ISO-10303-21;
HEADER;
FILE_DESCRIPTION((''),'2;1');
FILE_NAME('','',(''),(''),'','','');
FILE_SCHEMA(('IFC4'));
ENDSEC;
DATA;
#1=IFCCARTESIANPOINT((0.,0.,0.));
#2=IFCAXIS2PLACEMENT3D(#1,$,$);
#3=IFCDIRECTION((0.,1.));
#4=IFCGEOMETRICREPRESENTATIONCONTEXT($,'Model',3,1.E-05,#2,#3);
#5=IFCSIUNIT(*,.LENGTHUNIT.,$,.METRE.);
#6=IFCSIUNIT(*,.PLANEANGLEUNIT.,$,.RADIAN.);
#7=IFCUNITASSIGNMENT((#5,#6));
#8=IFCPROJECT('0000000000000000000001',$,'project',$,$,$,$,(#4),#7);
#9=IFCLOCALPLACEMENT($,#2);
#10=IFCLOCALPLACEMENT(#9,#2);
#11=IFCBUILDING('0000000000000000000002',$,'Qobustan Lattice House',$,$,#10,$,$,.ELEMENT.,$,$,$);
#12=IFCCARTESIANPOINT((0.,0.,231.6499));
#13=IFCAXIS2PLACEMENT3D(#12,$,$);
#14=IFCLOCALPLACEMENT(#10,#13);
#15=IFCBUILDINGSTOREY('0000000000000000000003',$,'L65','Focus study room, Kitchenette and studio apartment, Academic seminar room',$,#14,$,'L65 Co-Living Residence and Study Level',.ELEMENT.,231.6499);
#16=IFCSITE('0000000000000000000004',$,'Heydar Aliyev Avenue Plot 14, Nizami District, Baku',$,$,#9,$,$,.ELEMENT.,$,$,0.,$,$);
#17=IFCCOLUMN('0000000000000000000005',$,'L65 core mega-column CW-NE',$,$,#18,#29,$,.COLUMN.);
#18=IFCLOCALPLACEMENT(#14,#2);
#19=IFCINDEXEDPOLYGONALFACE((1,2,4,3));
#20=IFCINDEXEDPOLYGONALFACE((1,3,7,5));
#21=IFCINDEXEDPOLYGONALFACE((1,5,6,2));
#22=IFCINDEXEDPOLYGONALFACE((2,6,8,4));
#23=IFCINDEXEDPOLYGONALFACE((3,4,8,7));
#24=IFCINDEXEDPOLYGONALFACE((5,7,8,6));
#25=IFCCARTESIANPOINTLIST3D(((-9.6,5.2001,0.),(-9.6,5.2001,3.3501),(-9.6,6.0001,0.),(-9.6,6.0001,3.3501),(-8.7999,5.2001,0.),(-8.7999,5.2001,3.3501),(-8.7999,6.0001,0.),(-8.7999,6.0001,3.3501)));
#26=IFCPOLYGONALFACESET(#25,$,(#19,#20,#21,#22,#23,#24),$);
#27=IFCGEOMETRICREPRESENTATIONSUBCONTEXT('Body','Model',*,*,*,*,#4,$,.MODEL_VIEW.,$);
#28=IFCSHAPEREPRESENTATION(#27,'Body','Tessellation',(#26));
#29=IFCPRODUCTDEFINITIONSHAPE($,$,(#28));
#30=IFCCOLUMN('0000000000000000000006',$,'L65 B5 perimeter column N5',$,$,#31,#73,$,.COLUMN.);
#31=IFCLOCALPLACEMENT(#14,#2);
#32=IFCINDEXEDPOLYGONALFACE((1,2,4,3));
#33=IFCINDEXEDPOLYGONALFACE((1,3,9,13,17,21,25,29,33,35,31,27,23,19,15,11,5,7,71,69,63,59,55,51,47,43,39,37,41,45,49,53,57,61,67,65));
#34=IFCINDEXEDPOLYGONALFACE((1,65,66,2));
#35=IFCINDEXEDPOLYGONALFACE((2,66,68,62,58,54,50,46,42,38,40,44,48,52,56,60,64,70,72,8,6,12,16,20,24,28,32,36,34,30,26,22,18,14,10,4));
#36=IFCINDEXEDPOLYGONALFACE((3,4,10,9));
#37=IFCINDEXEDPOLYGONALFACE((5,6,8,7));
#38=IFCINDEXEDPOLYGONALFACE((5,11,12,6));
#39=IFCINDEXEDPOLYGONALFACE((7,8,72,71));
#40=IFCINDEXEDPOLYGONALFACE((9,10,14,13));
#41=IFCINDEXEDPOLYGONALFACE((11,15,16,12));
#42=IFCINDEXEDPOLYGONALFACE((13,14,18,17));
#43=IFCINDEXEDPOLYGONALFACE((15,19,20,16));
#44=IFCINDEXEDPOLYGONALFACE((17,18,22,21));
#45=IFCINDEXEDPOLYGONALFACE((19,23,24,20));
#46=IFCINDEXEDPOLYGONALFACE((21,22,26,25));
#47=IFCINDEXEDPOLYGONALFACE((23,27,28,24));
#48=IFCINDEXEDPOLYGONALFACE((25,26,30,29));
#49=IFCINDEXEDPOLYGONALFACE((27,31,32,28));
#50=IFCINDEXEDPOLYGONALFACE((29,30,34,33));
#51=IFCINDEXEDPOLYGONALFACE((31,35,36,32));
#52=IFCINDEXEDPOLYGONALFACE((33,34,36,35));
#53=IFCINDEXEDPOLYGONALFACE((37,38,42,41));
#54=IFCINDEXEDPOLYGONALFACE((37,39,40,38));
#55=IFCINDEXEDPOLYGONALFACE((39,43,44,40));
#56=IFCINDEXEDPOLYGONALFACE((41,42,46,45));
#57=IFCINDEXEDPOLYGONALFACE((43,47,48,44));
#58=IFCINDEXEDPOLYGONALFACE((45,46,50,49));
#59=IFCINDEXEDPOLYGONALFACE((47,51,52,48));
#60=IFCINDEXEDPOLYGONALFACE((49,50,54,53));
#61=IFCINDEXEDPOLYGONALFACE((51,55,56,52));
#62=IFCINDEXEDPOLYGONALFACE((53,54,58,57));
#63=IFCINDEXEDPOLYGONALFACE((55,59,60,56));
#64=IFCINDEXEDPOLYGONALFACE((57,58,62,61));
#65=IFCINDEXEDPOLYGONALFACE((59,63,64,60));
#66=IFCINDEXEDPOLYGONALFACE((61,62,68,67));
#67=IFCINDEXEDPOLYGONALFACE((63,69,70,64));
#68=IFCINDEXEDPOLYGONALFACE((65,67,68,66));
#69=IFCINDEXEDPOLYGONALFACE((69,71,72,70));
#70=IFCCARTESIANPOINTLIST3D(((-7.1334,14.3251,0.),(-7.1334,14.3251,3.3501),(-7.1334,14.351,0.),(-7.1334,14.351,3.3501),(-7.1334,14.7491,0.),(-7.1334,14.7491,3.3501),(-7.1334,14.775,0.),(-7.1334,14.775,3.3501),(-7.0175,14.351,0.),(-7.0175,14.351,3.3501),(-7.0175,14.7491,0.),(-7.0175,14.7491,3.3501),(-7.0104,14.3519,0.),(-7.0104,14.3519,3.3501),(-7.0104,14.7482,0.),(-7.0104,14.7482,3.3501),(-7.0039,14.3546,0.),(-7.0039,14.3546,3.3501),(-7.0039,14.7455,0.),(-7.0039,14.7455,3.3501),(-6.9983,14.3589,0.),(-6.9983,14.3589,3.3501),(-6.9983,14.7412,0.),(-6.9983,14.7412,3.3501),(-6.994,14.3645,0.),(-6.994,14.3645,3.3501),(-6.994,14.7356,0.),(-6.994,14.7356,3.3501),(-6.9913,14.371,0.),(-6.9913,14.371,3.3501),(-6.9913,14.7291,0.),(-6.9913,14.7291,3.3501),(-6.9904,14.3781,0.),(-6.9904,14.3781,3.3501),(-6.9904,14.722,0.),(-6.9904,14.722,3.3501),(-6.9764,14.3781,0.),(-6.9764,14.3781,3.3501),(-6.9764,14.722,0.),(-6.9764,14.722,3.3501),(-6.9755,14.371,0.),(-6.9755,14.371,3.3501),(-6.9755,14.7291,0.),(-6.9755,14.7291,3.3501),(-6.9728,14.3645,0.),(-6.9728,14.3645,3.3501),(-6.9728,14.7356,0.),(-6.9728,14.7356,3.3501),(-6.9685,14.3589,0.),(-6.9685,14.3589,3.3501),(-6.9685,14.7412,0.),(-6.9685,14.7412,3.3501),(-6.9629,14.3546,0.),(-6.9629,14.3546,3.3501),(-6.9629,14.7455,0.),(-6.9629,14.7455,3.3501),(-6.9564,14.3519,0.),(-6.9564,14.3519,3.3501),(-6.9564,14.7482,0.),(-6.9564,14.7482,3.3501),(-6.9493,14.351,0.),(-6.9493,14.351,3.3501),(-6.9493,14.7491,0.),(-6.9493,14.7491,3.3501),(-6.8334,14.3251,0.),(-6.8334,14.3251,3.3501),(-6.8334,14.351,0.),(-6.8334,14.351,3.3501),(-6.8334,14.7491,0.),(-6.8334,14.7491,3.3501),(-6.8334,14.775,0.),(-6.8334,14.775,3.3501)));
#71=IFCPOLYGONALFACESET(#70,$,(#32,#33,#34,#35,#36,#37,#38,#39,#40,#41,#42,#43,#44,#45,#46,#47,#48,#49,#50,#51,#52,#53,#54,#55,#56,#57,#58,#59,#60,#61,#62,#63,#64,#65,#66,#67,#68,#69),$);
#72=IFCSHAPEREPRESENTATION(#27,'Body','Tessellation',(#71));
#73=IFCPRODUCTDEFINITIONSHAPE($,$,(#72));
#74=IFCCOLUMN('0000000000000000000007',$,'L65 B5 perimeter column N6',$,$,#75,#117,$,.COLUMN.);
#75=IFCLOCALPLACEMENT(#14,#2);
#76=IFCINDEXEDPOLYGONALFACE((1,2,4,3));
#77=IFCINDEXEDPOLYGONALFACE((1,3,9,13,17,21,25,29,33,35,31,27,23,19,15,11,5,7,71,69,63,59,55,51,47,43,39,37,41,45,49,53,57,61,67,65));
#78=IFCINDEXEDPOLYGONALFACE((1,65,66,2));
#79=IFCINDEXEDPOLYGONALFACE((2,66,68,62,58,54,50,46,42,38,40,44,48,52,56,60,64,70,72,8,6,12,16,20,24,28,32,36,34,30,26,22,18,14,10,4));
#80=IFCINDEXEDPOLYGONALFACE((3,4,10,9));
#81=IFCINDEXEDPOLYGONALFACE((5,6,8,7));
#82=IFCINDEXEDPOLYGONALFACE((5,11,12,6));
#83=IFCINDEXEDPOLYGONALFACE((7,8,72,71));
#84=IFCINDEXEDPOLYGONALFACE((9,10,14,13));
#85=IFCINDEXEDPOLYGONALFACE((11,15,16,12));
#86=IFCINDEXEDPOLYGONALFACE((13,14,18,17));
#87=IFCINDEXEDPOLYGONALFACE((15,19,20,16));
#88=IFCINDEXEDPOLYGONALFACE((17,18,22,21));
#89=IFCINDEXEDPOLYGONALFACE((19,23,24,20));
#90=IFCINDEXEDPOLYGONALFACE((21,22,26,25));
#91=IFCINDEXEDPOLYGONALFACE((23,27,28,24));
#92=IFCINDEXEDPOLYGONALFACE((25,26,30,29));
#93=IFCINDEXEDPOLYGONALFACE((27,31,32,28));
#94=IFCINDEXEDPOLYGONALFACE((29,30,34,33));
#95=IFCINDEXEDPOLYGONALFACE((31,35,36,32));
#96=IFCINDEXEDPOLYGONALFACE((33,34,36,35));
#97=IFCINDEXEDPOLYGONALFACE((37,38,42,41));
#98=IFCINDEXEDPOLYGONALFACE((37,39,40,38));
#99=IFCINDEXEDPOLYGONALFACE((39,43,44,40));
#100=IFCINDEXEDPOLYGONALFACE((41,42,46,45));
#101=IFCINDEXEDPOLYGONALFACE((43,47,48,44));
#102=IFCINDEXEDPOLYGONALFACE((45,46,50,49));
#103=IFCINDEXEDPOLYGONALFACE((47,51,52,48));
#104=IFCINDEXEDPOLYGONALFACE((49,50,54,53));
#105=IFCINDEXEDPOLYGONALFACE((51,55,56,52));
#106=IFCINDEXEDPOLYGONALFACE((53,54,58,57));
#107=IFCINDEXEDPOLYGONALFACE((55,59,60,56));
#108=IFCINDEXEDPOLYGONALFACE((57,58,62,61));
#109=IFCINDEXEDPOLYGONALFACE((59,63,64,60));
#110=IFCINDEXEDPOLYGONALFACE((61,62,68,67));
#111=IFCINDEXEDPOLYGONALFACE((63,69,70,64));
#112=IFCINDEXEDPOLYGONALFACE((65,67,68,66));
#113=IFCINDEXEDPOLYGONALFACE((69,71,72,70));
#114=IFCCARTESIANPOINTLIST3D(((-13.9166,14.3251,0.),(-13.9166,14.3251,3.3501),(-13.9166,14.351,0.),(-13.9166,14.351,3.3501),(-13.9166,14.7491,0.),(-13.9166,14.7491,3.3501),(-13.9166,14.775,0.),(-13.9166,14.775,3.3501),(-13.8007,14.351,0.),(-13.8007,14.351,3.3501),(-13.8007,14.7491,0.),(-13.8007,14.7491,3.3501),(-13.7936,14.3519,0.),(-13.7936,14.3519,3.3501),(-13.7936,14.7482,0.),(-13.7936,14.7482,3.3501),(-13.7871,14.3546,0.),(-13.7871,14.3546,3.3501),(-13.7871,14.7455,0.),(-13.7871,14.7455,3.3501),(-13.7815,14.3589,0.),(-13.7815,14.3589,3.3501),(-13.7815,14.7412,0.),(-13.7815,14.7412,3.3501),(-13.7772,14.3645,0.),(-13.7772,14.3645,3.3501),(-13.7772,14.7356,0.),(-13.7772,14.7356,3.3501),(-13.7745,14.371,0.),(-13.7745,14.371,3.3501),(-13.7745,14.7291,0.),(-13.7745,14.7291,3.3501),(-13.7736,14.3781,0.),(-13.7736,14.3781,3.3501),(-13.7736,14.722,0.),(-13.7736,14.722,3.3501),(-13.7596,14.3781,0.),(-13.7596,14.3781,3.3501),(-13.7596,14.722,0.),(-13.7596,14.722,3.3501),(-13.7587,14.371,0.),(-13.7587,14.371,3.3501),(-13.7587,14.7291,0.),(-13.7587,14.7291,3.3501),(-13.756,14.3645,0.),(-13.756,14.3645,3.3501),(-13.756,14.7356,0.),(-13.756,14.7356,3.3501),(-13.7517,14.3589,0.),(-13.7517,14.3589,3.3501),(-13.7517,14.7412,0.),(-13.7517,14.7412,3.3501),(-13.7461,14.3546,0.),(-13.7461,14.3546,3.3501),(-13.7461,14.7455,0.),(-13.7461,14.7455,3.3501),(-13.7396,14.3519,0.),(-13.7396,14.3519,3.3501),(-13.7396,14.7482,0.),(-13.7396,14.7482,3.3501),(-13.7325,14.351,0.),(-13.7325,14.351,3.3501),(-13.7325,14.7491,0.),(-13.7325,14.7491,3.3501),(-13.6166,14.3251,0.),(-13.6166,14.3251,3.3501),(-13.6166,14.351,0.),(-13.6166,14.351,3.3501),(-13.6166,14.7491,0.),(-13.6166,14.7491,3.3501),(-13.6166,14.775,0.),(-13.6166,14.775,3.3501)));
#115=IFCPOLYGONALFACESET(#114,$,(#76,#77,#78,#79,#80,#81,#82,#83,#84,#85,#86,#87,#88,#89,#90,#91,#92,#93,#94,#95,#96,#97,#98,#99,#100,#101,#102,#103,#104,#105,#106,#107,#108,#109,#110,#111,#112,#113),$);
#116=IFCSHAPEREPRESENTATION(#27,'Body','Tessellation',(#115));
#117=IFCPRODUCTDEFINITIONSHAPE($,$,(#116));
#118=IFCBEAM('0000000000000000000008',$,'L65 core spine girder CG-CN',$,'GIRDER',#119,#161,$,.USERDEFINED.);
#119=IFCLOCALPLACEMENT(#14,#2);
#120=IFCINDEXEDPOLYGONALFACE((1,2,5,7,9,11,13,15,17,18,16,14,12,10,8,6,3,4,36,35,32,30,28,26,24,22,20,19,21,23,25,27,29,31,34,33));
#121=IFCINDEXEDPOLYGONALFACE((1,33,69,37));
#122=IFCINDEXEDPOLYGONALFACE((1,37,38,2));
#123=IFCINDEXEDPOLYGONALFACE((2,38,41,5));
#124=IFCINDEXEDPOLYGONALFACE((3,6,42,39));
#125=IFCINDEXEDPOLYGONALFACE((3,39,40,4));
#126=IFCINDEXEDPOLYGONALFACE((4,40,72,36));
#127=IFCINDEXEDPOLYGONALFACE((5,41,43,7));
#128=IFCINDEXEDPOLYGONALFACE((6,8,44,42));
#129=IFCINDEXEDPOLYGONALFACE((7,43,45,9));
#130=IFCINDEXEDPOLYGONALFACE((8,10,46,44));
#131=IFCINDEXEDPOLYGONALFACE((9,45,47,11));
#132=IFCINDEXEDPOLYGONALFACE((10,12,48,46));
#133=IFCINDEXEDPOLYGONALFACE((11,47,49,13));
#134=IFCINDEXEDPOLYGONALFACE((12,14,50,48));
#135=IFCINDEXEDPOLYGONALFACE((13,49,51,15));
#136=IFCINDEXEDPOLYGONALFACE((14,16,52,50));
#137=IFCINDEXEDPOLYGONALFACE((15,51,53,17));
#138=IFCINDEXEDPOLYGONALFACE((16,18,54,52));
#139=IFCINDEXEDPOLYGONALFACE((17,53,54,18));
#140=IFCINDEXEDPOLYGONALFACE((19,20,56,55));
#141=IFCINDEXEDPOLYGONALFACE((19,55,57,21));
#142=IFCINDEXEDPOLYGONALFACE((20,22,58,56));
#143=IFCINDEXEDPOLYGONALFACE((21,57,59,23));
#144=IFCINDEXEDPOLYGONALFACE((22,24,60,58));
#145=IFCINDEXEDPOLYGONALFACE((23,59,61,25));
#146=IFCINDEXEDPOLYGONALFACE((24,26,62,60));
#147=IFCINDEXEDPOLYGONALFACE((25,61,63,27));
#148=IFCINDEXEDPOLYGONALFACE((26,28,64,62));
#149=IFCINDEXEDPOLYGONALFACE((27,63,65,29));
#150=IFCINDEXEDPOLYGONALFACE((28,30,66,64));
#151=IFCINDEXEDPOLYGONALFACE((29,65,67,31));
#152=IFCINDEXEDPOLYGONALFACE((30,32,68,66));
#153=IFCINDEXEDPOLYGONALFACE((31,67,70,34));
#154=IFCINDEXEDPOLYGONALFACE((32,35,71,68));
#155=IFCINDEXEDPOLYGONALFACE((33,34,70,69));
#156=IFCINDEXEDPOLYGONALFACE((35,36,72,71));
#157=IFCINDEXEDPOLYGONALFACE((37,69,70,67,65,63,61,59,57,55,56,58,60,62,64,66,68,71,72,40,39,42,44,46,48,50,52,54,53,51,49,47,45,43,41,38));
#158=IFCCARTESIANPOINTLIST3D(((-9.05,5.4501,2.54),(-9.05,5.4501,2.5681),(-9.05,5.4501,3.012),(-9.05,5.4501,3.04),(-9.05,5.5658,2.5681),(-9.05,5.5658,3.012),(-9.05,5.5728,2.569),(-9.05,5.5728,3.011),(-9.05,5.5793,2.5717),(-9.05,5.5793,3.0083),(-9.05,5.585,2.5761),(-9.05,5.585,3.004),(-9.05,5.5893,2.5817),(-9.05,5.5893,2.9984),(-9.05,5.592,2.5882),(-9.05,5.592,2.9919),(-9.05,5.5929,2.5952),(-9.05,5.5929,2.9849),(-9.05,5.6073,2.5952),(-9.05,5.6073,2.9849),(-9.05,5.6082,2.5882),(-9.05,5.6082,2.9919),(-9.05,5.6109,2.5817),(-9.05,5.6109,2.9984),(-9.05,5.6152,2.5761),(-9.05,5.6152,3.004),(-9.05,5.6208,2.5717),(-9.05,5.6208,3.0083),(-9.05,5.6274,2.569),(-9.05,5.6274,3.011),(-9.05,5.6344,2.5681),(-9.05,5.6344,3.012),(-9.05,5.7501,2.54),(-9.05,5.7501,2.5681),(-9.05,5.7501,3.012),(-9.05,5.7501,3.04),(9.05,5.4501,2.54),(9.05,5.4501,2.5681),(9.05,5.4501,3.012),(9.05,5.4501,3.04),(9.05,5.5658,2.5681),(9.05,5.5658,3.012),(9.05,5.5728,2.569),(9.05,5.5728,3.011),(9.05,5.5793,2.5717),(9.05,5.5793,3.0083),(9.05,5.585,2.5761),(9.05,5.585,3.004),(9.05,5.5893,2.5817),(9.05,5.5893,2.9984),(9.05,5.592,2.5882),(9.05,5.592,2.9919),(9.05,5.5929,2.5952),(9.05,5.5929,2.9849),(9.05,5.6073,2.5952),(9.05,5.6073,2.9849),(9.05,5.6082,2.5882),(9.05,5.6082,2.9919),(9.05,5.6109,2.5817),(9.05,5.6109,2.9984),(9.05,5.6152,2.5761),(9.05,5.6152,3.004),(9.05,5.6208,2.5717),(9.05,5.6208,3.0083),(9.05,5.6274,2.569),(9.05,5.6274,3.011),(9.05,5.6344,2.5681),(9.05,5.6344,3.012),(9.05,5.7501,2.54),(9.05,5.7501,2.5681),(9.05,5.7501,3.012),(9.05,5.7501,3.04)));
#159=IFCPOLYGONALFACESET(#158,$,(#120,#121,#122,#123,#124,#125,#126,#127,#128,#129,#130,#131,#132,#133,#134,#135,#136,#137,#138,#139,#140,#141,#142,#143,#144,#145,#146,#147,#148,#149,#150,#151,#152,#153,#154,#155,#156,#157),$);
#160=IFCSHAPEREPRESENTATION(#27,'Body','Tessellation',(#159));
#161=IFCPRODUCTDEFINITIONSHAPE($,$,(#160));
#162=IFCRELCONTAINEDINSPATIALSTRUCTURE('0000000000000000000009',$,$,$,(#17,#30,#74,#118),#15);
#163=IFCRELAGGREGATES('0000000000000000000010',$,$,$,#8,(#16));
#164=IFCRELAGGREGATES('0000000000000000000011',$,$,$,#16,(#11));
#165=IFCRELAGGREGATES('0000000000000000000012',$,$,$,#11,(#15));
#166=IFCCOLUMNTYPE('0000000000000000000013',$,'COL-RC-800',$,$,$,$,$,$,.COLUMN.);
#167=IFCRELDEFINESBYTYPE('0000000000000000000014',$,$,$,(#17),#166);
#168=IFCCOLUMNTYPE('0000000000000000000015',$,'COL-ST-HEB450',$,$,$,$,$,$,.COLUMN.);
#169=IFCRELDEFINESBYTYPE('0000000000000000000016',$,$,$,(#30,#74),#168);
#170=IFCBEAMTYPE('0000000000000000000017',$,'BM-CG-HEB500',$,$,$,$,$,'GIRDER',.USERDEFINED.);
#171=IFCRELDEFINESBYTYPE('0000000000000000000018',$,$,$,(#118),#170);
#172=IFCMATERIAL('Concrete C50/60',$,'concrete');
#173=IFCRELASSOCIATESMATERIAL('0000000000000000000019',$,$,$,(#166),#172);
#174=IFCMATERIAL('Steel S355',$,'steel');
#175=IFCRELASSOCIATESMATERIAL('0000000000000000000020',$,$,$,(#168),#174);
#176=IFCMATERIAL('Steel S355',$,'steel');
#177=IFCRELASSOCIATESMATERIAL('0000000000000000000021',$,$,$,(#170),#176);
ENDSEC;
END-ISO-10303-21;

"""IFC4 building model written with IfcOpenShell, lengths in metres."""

from ifc_helpers import new_model, si_unit, direction, frame, origin, origin_2d, place, context, subcontext, project, spatial, rectangle, i_section, extrude, material, material_profile, profile_set, type_object, element, save


model = new_model("IFC4")

# Units and contexts
model_context = context("Model", 3, precision=1e-05, world=origin(), true_north=direction((0.0, 1.0)))
body_context = subcontext(model_context, "Body", "Model", "MODEL_VIEW")
ifc_project = project(units=[si_unit("LENGTHUNIT", "METRE"), si_unit("PLANEANGLEUNIT", "RADIAN")], contexts=[model_context])

# Site, building, storey
site_placement = place(None, origin())
site = spatial("IfcSite", under=ifc_project, at=site_placement, Name="Heydar Aliyev Avenue Plot 14, Nizami District, Baku", CompositionType="ELEMENT", RefElevation=0.0)
building_placement = place(site_placement, origin())
building = spatial("IfcBuilding", under=site, at=building_placement, Name="Qobustan Lattice House", CompositionType="ELEMENT")
storey_placement = place(building_placement, frame((0.0, 0.0, 231.6499)))
storey = spatial("IfcBuildingStorey", under=building, at=storey_placement, Name="L65", Description="Focus study room, Kitchenette and studio apartment, Academic seminar room", LongName="L65 Co-Living Residence and Study Level", CompositionType="ELEMENT", Elevation=231.6499)

# Columns
ifc_material_1 = material(Name="Concrete C50/60", Category="concrete")
ifc_material_profile_1 = material_profile(ifc_material_1, rectangle(XDim=0.8, YDim=0.8, at=origin_2d()), Name="RC800x800")
ifc_profile_set_1 = profile_set([ifc_material_profile_1], Name="Concrete C50/60")
column_type_1 = type_object("IfcColumnType", Name="COL-RC-800", PredefinedType="COLUMN", material=ifc_profile_set_1)
column_placement = place(storey_placement, frame((-9.2, 5.6001, 0.0), z_axis=(0.0, 0.0, 1.0), x_axis=(1.0, 0.0, 0.0)))
element("IfcColumn", 1, at=column_placement, inside=storey, type_object=column_type_1, Name="L65 core mega-column CW-NE", PredefinedType="COLUMN", context=body_context, shape_type="SweptSolid", body=[
    extrude(rectangle(XDim=0.8, YDim=0.8, at=origin_2d()), origin(), (0.0, 0.0, 1.0), 3.3501),
])
ifc_material_2 = material(Name="Steel S355", Category="steel")
ifc_material_profile_2 = material_profile(ifc_material_2, i_section(OverallWidth=0.3, OverallDepth=0.45, WebThickness=0.0139, FlangeThickness=0.0259, FilletRadius=0.0271, at=origin_2d()), Name="HEB450")
ifc_profile_set_2 = profile_set([ifc_material_profile_2], Name="Steel S355")
column_type_2 = type_object("IfcColumnType", Name="COL-ST-HEB450", PredefinedType="COLUMN", material=ifc_profile_set_2)
for number, where, z_axis, x_axis, name in (
    (2, (-6.9834, 14.55, 0.0), (0.0, 0.0, 1.0), (1.0, 0.0, 0.0), "L65 B5 perimeter column N5"),
    (3, (-13.7666, 14.55, 0.0), (0.0, 0.0, 1.0), (1.0, 0.0, 0.0), "L65 B5 perimeter column N6"),
):
    element("IfcColumn", number, at=place(storey_placement, frame(where, z_axis=z_axis, x_axis=x_axis)), inside=storey, type_object=column_type_2, Name=name, PredefinedType="COLUMN", context=body_context, shape_type="SweptSolid", body=[
        extrude(i_section(OverallWidth=0.3, OverallDepth=0.45, WebThickness=0.0139, FlangeThickness=0.0259, FilletRadius=0.0271, at=origin_2d()), origin(), (0.0, 0.0, 1.0), 3.3501),
    ])

# Beam
ifc_material_3 = material(Name="Steel S355", Category="steel")
ifc_material_profile_3 = material_profile(ifc_material_3, i_section(OverallWidth=0.3, OverallDepth=0.5, WebThickness=0.0144, FlangeThickness=0.0281, FilletRadius=0.0271, at=origin_2d()), Name="HEB500")
ifc_profile_set_3 = profile_set([ifc_material_profile_3], Name="Steel S355")
beam_type_1 = type_object("IfcBeamType", Name="BM-CG-HEB500", ElementType="GIRDER", PredefinedType="USERDEFINED", material=ifc_profile_set_3)
beam_1_placement = place(storey_placement, frame((-9.05, 5.6001, 2.79), z_axis=(1.0, 0.0, 0.0), x_axis=(0.0, 1.0, 0.0)))
element("IfcBeam", 4, at=beam_1_placement, inside=storey, type_object=beam_type_1, Name="L65 core spine girder CG-CN", ObjectType="GIRDER", PredefinedType="USERDEFINED", context=body_context, shape_type="SweptSolid", body=[
    extrude(i_section(OverallWidth=0.3, OverallDepth=0.5, WebThickness=0.0144, FlangeThickness=0.0281, FilletRadius=0.0271, at=origin_2d()), origin(), (0.0, 0.0, 1.0), 18.1001),
])

save(model, "model.ifc")
